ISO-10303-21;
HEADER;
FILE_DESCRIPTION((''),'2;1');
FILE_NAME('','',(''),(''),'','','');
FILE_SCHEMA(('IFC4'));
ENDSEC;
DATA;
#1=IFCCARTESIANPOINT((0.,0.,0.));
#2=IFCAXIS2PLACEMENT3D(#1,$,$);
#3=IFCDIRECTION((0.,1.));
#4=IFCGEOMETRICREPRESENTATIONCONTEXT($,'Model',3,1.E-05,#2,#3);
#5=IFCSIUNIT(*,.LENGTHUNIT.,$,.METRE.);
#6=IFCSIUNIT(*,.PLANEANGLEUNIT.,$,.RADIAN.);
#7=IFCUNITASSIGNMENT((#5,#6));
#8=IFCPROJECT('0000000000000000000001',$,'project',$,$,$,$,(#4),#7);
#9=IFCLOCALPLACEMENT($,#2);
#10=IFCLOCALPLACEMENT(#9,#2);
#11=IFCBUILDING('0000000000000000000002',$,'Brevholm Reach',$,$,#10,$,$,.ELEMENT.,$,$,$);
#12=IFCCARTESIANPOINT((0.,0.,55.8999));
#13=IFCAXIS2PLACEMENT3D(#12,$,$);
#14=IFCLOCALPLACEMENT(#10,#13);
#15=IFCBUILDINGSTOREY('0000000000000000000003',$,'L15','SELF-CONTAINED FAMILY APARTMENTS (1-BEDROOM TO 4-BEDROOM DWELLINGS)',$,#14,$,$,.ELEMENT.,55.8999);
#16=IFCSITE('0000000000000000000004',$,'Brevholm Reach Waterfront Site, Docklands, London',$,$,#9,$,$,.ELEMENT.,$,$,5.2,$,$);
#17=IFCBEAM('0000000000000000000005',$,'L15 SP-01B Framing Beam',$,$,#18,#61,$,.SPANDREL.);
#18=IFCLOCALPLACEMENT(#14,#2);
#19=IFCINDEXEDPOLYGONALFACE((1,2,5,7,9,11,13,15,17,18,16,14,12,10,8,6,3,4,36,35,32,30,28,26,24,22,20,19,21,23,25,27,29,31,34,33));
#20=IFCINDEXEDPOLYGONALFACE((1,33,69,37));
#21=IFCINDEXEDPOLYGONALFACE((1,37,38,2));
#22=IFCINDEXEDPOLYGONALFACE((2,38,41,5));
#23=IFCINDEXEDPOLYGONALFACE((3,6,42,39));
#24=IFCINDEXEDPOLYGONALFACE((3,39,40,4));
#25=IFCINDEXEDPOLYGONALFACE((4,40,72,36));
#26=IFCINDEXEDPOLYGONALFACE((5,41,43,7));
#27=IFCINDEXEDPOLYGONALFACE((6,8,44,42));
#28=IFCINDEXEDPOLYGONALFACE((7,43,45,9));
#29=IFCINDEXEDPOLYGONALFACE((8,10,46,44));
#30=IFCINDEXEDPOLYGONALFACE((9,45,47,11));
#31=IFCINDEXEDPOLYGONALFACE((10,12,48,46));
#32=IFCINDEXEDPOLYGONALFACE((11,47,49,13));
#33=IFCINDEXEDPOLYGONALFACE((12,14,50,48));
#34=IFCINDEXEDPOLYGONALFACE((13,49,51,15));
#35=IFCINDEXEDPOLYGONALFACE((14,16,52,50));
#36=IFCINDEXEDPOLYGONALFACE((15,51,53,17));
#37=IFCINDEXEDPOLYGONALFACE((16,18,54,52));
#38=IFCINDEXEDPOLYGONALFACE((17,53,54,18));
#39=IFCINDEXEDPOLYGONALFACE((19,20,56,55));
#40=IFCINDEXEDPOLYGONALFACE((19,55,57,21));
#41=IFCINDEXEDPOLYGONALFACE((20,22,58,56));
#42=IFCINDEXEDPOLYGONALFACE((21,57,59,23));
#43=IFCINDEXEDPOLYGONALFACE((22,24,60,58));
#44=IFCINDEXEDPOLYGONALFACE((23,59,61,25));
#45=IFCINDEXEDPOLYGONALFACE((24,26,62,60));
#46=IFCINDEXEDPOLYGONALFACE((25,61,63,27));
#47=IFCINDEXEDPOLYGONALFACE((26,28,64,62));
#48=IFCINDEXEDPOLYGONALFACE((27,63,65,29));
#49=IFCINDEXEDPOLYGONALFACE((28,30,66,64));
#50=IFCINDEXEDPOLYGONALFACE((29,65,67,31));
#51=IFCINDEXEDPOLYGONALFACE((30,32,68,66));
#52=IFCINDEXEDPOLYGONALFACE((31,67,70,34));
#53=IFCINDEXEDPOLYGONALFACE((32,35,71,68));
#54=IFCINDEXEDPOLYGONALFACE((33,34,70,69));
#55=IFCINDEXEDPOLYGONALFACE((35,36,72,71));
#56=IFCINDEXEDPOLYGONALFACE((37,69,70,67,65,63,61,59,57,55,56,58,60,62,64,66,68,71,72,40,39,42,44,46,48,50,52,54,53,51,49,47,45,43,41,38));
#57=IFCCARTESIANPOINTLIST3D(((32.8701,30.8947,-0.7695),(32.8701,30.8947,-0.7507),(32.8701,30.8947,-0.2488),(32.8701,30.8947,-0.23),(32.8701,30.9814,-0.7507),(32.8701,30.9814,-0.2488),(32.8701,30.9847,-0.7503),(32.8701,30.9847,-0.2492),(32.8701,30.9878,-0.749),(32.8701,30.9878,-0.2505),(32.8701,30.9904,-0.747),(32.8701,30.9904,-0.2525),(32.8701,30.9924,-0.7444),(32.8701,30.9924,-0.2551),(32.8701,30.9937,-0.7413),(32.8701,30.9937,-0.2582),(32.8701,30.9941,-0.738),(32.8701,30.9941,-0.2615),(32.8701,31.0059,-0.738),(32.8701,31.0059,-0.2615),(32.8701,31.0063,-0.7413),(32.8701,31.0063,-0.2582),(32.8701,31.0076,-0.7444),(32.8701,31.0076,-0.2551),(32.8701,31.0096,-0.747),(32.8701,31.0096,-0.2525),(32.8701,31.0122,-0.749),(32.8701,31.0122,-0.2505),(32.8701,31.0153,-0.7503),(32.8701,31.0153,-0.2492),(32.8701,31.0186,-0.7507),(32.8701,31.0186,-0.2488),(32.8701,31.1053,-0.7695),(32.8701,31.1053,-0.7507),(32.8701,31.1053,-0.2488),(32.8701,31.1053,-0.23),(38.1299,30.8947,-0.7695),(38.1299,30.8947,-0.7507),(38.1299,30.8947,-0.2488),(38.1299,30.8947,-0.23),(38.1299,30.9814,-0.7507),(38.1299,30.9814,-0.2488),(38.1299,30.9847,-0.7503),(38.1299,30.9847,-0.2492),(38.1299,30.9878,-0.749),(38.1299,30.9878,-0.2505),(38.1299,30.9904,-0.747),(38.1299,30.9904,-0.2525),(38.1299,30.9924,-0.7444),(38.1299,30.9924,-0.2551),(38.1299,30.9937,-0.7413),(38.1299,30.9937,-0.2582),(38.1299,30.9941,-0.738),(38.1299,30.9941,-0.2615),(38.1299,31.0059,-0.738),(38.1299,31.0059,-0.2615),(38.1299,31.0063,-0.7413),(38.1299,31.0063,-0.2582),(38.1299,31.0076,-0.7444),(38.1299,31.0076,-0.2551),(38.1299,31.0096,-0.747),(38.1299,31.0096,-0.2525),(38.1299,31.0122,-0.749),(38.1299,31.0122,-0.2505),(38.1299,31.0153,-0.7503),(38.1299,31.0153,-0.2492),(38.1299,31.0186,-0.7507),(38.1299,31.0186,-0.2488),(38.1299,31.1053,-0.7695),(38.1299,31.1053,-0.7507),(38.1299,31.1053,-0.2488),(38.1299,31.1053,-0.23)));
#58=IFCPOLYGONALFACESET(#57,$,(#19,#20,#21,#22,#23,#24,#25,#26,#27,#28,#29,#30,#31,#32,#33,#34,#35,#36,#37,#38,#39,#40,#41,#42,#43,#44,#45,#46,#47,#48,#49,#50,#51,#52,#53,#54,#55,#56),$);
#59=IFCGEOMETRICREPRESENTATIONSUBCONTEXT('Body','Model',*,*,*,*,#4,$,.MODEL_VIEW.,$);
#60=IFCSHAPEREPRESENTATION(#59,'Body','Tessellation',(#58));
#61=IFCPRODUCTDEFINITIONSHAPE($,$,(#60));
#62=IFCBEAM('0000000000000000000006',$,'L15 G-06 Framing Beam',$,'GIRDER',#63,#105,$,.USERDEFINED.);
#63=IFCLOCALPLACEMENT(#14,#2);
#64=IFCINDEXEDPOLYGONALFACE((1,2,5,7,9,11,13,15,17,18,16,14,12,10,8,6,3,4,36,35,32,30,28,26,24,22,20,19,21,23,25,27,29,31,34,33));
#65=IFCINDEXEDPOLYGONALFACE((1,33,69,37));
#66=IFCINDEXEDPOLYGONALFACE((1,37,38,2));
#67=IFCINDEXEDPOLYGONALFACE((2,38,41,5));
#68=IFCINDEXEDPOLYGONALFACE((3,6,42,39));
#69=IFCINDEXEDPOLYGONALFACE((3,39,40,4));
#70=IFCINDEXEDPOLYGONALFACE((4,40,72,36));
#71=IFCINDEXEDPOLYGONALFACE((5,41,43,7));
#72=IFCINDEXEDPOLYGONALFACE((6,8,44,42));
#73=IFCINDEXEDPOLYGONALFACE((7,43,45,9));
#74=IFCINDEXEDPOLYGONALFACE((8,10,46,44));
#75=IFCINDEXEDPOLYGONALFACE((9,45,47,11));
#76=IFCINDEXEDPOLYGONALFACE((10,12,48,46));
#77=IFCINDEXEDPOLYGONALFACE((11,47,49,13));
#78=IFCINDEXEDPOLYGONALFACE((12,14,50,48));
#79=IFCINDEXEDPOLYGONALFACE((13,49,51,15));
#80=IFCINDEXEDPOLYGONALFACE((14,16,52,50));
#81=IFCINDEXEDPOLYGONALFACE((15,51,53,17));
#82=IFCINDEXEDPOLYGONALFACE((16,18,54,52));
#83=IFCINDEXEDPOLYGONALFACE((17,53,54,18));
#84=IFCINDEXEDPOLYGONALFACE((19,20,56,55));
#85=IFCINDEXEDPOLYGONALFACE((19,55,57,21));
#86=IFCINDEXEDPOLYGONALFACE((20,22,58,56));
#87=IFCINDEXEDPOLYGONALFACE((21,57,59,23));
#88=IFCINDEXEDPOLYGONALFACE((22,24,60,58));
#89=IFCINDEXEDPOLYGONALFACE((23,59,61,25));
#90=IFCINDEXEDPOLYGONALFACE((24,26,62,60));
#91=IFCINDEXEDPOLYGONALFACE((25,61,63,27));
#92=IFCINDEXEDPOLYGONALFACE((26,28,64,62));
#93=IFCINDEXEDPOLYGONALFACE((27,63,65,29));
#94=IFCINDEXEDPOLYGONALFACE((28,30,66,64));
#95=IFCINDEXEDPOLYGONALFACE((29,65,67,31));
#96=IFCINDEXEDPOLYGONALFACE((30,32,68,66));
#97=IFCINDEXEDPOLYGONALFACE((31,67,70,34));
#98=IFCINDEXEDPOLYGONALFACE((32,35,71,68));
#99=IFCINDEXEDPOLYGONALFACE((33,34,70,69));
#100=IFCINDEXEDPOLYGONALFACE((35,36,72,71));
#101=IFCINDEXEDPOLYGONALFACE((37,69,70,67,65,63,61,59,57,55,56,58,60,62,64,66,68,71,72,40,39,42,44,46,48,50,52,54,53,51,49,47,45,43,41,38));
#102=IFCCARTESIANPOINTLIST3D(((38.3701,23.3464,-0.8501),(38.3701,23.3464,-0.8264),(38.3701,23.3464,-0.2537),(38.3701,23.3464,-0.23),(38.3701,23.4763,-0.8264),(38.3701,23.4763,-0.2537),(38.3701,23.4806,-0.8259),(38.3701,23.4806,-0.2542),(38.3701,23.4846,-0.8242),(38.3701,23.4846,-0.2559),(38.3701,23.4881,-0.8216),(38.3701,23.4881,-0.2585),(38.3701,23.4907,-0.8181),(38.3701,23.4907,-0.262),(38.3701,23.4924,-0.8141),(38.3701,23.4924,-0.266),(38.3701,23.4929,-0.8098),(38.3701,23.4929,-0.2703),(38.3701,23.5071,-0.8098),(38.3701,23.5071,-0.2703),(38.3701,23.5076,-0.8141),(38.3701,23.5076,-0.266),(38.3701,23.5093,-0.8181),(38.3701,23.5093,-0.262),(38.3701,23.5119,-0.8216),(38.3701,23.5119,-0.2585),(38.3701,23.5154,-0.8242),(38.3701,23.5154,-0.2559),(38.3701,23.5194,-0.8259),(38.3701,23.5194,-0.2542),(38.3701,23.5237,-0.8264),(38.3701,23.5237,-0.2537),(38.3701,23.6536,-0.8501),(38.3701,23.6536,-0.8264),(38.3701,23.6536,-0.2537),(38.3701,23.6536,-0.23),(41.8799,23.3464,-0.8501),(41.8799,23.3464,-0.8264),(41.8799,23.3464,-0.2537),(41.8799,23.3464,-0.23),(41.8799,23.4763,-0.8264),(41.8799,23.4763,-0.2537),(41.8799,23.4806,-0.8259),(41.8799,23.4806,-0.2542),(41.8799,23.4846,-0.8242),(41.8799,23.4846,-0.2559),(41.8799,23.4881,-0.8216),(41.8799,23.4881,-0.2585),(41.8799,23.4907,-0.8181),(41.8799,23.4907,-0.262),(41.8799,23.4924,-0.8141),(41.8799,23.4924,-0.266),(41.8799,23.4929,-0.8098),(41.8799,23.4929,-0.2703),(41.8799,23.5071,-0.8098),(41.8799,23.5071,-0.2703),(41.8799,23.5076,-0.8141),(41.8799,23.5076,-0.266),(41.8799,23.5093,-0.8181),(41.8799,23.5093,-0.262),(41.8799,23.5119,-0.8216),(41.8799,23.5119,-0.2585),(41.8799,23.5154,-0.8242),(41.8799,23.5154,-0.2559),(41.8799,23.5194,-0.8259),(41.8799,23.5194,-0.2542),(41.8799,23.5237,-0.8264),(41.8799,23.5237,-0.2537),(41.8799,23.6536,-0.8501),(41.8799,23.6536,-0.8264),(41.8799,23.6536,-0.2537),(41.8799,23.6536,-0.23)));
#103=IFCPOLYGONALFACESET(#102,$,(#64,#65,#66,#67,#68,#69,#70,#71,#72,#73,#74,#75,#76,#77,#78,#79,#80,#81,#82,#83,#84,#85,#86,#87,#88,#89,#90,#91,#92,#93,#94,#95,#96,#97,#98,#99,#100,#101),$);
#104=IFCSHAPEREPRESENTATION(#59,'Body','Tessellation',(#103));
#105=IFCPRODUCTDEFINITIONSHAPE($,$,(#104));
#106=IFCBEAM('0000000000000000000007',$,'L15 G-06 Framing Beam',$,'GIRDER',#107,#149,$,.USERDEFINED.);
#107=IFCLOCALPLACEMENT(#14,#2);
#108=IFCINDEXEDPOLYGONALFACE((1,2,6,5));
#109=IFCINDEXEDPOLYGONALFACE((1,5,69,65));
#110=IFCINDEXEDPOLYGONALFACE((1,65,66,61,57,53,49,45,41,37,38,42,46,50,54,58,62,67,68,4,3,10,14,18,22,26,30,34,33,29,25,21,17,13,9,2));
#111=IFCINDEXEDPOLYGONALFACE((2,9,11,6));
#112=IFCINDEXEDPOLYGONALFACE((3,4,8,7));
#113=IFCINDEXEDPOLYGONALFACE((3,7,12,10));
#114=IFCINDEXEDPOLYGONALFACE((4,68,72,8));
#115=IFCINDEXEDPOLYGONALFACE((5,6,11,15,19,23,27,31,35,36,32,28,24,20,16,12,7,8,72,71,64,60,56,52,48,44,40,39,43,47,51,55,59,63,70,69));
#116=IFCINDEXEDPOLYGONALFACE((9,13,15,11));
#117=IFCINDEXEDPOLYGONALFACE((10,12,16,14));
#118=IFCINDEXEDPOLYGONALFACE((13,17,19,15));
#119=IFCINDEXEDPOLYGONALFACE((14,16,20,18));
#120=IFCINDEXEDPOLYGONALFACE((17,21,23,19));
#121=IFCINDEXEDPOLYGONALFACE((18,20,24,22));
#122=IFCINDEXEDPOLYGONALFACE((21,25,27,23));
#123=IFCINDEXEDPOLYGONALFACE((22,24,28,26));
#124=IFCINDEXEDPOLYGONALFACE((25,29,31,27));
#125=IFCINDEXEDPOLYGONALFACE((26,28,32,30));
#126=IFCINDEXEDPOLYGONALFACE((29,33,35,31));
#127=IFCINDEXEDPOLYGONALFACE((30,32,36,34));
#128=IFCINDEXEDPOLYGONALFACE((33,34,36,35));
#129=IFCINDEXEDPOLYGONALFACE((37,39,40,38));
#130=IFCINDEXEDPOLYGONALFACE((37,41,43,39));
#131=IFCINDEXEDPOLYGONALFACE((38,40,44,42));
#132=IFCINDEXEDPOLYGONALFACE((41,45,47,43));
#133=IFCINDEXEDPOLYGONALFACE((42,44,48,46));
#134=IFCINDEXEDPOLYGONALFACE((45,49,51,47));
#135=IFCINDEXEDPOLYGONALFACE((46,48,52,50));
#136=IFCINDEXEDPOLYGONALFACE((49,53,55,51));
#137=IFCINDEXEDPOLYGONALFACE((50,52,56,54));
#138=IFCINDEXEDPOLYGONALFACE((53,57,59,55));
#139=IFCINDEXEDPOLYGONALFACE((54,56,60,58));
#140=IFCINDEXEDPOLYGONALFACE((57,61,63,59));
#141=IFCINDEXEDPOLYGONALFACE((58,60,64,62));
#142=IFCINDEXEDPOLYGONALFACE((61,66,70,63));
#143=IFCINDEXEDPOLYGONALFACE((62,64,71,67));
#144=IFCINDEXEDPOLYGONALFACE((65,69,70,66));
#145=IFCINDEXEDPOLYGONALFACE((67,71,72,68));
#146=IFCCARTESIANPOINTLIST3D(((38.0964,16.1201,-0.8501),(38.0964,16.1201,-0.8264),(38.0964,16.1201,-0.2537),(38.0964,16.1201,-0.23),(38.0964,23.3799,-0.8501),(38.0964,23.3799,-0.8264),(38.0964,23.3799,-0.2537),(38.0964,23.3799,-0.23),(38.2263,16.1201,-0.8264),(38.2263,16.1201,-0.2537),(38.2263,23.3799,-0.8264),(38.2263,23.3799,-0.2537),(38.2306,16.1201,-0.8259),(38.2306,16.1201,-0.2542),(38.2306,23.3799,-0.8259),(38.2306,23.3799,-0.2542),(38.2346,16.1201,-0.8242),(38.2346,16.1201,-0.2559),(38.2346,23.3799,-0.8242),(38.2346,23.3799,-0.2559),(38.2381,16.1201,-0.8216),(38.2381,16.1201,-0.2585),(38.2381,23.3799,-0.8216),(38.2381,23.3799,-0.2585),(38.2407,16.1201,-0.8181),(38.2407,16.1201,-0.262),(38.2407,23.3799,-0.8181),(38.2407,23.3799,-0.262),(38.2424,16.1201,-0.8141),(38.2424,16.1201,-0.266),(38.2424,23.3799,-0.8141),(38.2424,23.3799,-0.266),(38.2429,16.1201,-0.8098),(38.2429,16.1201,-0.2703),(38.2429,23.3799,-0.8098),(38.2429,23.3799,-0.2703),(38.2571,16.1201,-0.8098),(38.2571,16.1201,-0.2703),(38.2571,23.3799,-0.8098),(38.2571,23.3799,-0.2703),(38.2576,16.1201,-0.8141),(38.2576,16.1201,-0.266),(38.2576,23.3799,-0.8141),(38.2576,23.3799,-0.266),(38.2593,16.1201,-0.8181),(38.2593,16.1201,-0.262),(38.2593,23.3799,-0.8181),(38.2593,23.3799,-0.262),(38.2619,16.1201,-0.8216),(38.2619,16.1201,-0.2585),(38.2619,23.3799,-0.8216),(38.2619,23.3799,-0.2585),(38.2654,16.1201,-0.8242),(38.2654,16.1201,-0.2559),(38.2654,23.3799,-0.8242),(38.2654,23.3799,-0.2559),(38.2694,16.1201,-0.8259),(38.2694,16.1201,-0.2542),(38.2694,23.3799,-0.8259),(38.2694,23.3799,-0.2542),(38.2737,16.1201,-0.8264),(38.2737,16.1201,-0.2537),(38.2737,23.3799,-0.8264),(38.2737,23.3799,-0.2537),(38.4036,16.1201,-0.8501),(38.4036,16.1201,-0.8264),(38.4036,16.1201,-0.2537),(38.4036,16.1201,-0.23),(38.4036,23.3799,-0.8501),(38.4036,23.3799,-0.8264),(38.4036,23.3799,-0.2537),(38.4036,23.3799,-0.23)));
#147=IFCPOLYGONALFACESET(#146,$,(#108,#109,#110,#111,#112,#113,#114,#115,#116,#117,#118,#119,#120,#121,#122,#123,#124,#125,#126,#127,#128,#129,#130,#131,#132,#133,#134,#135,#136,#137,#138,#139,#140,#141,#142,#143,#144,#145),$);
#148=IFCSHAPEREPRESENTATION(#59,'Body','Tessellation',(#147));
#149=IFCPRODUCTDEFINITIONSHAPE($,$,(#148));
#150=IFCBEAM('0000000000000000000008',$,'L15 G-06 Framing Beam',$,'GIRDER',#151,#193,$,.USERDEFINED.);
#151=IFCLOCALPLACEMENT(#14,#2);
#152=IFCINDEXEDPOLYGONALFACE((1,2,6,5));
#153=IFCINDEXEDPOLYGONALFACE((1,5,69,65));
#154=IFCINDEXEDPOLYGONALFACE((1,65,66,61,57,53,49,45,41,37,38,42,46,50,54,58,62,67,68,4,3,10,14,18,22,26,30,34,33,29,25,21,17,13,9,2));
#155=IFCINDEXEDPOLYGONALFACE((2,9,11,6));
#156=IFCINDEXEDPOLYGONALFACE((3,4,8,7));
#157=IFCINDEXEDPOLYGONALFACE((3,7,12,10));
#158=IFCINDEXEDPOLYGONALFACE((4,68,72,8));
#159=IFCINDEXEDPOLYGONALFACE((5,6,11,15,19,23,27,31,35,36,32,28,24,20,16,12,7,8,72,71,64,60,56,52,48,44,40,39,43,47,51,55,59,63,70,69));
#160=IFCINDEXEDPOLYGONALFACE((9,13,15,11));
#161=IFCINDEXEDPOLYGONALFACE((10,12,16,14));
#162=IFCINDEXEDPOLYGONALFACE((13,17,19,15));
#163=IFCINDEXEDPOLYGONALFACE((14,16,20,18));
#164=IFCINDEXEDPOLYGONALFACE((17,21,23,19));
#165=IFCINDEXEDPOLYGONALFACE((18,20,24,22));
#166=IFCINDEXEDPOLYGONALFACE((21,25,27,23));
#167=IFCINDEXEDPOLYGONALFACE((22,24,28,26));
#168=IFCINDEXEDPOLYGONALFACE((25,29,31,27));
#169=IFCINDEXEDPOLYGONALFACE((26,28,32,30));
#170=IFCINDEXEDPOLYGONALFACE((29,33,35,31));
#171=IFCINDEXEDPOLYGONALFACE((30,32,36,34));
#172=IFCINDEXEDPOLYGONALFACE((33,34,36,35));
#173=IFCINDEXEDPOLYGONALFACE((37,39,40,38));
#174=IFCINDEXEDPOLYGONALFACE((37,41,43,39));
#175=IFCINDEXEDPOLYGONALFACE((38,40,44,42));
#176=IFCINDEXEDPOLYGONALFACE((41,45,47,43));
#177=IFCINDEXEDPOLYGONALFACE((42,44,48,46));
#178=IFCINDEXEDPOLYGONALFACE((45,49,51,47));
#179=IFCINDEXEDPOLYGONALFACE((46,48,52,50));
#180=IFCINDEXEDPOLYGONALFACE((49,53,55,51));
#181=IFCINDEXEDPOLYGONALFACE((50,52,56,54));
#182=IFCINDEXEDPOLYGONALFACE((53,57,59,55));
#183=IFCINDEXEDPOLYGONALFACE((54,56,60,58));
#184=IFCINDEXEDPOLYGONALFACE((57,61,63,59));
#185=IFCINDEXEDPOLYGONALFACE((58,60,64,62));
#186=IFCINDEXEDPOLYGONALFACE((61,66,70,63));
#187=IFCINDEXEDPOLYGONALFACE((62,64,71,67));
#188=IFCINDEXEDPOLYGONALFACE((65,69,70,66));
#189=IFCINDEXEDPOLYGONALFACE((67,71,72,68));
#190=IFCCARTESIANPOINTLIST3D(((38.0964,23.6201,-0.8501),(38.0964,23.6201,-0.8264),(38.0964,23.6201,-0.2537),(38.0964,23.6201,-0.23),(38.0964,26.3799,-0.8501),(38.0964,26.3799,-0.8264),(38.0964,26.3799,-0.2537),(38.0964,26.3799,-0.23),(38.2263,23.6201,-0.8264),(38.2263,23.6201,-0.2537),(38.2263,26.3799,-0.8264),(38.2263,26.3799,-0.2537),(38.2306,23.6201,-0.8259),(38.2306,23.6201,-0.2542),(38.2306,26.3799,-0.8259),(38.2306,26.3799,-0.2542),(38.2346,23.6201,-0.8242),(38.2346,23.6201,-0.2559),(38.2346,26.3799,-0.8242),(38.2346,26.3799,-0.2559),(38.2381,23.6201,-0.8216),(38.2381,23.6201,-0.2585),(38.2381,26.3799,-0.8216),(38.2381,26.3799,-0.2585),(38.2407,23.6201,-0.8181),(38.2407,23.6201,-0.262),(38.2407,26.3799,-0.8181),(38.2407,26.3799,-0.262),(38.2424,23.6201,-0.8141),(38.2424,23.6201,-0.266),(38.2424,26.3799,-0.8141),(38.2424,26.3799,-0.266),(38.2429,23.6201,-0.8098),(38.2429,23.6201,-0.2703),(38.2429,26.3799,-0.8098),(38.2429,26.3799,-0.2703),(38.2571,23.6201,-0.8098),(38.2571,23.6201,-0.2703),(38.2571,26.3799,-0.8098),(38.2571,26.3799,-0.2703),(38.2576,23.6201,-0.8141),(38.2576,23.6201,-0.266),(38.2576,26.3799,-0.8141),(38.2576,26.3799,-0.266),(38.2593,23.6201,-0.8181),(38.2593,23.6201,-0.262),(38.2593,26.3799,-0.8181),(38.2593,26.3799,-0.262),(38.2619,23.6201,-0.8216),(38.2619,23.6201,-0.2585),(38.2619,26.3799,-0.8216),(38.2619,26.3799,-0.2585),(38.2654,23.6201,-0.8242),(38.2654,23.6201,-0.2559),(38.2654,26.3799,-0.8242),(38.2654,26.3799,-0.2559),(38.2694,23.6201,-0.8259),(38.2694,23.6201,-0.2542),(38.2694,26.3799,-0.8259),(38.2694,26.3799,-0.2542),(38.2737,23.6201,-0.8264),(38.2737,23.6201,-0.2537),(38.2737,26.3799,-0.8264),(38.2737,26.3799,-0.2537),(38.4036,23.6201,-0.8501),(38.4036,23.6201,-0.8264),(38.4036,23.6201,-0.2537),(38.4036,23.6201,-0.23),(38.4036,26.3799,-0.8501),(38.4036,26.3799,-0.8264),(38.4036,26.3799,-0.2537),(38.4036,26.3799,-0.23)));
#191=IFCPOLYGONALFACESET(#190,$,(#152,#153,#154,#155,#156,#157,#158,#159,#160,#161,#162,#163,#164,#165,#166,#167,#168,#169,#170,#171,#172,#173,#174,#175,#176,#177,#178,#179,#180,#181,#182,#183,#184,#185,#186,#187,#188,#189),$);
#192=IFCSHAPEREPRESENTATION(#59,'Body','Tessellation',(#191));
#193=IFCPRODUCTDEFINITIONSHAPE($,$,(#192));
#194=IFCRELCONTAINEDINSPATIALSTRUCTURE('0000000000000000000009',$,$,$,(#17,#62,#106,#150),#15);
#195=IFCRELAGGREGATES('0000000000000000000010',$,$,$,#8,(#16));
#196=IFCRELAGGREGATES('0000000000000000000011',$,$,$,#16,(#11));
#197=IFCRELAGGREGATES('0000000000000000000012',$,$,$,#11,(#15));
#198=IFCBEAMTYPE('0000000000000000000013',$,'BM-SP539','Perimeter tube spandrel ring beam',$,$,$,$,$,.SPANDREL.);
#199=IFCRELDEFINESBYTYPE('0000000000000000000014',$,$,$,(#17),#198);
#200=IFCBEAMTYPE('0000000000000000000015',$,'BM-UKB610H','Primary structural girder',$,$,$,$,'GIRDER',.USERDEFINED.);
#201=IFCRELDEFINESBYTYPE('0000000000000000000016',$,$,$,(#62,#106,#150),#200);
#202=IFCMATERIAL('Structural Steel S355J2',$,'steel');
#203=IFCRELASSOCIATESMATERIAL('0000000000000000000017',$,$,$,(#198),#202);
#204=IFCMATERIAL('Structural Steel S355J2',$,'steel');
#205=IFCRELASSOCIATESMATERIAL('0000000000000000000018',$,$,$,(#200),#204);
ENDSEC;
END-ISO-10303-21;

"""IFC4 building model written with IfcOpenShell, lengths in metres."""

from ifc_helpers import new_model, si_unit, direction, frame, origin, origin_2d, place, context, subcontext, project, spatial, i_section, extrude, material, material_profile, profile_set, type_object, element, save


model = new_model("IFC4")

# Units and contexts
model_context = context("Model", 3, precision=1e-05, world=origin(), true_north=direction((0.0, 1.0)))
body_context = subcontext(model_context, "Body", "Model", "MODEL_VIEW")
ifc_project = project(units=[si_unit("LENGTHUNIT", "METRE"), si_unit("PLANEANGLEUNIT", "RADIAN")], contexts=[model_context])

# Site, building, storey
site_placement = place(None, origin())
site = spatial("IfcSite", under=ifc_project, at=site_placement, Name="Brevholm Reach Waterfront Site, Docklands, London", CompositionType="ELEMENT", RefElevation=5.2)
building_placement = place(site_placement, origin())
building = spatial("IfcBuilding", under=site, at=building_placement, Name="Brevholm Reach", CompositionType="ELEMENT")
storey_placement = place(building_placement, frame((0.0, 0.0, 55.8999)))
storey = spatial("IfcBuildingStorey", under=building, at=storey_placement, Name="L15", Description="SELF-CONTAINED FAMILY APARTMENTS (1-BEDROOM TO 4-BEDROOM DWELLINGS)", CompositionType="ELEMENT", Elevation=55.8999)

# Beams
ifc_material_1 = material(Name="Structural Steel S355J2", Category="steel")
ifc_material_profile_1 = material_profile(ifc_material_1, i_section(OverallWidth=0.2107, OverallDepth=0.5396, WebThickness=0.0117, FlangeThickness=0.0188, FilletRadius=0.0127, at=origin_2d()), Name="UKB 533x210x109")
ifc_profile_set_1 = profile_set([ifc_material_profile_1], Name="Structural Steel S355J2")
beam_type_1 = type_object("IfcBeamType", Name="BM-SP539", Description="Perimeter tube spandrel ring beam", PredefinedType="SPANDREL", material=ifc_profile_set_1)
beam_1_placement = place(storey_placement, frame((32.8701, 31.0, -0.4998), z_axis=(1.0, 0.0, 0.0), x_axis=(0.0, 1.0, 0.0)))
element("IfcBeam", 1, at=beam_1_placement, inside=storey, type_object=beam_type_1, Name="L15 SP-01B Framing Beam", PredefinedType="SPANDREL", context=body_context, shape_type="SweptSolid", body=[
    extrude(i_section(OverallWidth=0.2107, OverallDepth=0.5396, WebThickness=0.0117, FlangeThickness=0.0188, FilletRadius=0.0127, at=origin_2d()), origin(), (0.0, 0.0, 1.0), 5.2598),
])
ifc_material_2 = material(Name="Structural Steel S355J2", Category="steel")
ifc_material_profile_2 = material_profile(ifc_material_2, i_section(OverallWidth=0.3071, OverallDepth=0.6201, WebThickness=0.0142, FlangeThickness=0.0237, FilletRadius=0.0166, at=origin_2d()), Name="UKB 610x305x179")
ifc_profile_set_2 = profile_set([ifc_material_profile_2], Name="Structural Steel S355J2")
beam_type_2 = type_object("IfcBeamType", Name="BM-UKB610H", Description="Primary structural girder", ElementType="GIRDER", PredefinedType="USERDEFINED", material=ifc_profile_set_2)
beam_2_placement = place(storey_placement, frame((38.3701, 23.5, -0.54), z_axis=(1.0, 0.0, 0.0), x_axis=(0.0, 1.0, 0.0)))
element("IfcBeam", 2, at=beam_2_placement, inside=storey, type_object=beam_type_2, Name="L15 G-06 Framing Beam", ObjectType="GIRDER", PredefinedType="USERDEFINED", context=body_context, shape_type="SweptSolid", body=[
    extrude(i_section(OverallWidth=0.3071, OverallDepth=0.6201, WebThickness=0.0142, FlangeThickness=0.0237, FilletRadius=0.0166, at=origin_2d()), origin(), (0.0, 0.0, 1.0), 3.5098),
])
beam_3_placement = place(storey_placement, frame((38.25, 16.1201, -0.54), z_axis=(0.0, 1.0, 0.0), x_axis=(-1.0, 0.0, 0.0)))
element("IfcBeam", 3, at=beam_3_placement, inside=storey, type_object=beam_type_2, Name="L15 G-06 Framing Beam", ObjectType="GIRDER", PredefinedType="USERDEFINED", context=body_context, shape_type="SweptSolid", body=[
    extrude(i_section(OverallWidth=0.3071, OverallDepth=0.6201, WebThickness=0.0142, FlangeThickness=0.0237, FilletRadius=0.0166, at=origin_2d()), origin(), (0.0, 0.0, 1.0), 7.2598),
])
beam_4_placement = place(storey_placement, frame((38.25, 23.6201, -0.54), z_axis=(0.0, 1.0, 0.0), x_axis=(-1.0, 0.0, 0.0)))
element("IfcBeam", 4, at=beam_4_placement, inside=storey, type_object=beam_type_2, Name="L15 G-06 Framing Beam", ObjectType="GIRDER", PredefinedType="USERDEFINED", context=body_context, shape_type="SweptSolid", body=[
    extrude(i_section(OverallWidth=0.3071, OverallDepth=0.6201, WebThickness=0.0142, FlangeThickness=0.0237, FilletRadius=0.0166, at=origin_2d()), origin(), (0.0, 0.0, 1.0), 2.7598),
])

save(model, "model.ifc")
